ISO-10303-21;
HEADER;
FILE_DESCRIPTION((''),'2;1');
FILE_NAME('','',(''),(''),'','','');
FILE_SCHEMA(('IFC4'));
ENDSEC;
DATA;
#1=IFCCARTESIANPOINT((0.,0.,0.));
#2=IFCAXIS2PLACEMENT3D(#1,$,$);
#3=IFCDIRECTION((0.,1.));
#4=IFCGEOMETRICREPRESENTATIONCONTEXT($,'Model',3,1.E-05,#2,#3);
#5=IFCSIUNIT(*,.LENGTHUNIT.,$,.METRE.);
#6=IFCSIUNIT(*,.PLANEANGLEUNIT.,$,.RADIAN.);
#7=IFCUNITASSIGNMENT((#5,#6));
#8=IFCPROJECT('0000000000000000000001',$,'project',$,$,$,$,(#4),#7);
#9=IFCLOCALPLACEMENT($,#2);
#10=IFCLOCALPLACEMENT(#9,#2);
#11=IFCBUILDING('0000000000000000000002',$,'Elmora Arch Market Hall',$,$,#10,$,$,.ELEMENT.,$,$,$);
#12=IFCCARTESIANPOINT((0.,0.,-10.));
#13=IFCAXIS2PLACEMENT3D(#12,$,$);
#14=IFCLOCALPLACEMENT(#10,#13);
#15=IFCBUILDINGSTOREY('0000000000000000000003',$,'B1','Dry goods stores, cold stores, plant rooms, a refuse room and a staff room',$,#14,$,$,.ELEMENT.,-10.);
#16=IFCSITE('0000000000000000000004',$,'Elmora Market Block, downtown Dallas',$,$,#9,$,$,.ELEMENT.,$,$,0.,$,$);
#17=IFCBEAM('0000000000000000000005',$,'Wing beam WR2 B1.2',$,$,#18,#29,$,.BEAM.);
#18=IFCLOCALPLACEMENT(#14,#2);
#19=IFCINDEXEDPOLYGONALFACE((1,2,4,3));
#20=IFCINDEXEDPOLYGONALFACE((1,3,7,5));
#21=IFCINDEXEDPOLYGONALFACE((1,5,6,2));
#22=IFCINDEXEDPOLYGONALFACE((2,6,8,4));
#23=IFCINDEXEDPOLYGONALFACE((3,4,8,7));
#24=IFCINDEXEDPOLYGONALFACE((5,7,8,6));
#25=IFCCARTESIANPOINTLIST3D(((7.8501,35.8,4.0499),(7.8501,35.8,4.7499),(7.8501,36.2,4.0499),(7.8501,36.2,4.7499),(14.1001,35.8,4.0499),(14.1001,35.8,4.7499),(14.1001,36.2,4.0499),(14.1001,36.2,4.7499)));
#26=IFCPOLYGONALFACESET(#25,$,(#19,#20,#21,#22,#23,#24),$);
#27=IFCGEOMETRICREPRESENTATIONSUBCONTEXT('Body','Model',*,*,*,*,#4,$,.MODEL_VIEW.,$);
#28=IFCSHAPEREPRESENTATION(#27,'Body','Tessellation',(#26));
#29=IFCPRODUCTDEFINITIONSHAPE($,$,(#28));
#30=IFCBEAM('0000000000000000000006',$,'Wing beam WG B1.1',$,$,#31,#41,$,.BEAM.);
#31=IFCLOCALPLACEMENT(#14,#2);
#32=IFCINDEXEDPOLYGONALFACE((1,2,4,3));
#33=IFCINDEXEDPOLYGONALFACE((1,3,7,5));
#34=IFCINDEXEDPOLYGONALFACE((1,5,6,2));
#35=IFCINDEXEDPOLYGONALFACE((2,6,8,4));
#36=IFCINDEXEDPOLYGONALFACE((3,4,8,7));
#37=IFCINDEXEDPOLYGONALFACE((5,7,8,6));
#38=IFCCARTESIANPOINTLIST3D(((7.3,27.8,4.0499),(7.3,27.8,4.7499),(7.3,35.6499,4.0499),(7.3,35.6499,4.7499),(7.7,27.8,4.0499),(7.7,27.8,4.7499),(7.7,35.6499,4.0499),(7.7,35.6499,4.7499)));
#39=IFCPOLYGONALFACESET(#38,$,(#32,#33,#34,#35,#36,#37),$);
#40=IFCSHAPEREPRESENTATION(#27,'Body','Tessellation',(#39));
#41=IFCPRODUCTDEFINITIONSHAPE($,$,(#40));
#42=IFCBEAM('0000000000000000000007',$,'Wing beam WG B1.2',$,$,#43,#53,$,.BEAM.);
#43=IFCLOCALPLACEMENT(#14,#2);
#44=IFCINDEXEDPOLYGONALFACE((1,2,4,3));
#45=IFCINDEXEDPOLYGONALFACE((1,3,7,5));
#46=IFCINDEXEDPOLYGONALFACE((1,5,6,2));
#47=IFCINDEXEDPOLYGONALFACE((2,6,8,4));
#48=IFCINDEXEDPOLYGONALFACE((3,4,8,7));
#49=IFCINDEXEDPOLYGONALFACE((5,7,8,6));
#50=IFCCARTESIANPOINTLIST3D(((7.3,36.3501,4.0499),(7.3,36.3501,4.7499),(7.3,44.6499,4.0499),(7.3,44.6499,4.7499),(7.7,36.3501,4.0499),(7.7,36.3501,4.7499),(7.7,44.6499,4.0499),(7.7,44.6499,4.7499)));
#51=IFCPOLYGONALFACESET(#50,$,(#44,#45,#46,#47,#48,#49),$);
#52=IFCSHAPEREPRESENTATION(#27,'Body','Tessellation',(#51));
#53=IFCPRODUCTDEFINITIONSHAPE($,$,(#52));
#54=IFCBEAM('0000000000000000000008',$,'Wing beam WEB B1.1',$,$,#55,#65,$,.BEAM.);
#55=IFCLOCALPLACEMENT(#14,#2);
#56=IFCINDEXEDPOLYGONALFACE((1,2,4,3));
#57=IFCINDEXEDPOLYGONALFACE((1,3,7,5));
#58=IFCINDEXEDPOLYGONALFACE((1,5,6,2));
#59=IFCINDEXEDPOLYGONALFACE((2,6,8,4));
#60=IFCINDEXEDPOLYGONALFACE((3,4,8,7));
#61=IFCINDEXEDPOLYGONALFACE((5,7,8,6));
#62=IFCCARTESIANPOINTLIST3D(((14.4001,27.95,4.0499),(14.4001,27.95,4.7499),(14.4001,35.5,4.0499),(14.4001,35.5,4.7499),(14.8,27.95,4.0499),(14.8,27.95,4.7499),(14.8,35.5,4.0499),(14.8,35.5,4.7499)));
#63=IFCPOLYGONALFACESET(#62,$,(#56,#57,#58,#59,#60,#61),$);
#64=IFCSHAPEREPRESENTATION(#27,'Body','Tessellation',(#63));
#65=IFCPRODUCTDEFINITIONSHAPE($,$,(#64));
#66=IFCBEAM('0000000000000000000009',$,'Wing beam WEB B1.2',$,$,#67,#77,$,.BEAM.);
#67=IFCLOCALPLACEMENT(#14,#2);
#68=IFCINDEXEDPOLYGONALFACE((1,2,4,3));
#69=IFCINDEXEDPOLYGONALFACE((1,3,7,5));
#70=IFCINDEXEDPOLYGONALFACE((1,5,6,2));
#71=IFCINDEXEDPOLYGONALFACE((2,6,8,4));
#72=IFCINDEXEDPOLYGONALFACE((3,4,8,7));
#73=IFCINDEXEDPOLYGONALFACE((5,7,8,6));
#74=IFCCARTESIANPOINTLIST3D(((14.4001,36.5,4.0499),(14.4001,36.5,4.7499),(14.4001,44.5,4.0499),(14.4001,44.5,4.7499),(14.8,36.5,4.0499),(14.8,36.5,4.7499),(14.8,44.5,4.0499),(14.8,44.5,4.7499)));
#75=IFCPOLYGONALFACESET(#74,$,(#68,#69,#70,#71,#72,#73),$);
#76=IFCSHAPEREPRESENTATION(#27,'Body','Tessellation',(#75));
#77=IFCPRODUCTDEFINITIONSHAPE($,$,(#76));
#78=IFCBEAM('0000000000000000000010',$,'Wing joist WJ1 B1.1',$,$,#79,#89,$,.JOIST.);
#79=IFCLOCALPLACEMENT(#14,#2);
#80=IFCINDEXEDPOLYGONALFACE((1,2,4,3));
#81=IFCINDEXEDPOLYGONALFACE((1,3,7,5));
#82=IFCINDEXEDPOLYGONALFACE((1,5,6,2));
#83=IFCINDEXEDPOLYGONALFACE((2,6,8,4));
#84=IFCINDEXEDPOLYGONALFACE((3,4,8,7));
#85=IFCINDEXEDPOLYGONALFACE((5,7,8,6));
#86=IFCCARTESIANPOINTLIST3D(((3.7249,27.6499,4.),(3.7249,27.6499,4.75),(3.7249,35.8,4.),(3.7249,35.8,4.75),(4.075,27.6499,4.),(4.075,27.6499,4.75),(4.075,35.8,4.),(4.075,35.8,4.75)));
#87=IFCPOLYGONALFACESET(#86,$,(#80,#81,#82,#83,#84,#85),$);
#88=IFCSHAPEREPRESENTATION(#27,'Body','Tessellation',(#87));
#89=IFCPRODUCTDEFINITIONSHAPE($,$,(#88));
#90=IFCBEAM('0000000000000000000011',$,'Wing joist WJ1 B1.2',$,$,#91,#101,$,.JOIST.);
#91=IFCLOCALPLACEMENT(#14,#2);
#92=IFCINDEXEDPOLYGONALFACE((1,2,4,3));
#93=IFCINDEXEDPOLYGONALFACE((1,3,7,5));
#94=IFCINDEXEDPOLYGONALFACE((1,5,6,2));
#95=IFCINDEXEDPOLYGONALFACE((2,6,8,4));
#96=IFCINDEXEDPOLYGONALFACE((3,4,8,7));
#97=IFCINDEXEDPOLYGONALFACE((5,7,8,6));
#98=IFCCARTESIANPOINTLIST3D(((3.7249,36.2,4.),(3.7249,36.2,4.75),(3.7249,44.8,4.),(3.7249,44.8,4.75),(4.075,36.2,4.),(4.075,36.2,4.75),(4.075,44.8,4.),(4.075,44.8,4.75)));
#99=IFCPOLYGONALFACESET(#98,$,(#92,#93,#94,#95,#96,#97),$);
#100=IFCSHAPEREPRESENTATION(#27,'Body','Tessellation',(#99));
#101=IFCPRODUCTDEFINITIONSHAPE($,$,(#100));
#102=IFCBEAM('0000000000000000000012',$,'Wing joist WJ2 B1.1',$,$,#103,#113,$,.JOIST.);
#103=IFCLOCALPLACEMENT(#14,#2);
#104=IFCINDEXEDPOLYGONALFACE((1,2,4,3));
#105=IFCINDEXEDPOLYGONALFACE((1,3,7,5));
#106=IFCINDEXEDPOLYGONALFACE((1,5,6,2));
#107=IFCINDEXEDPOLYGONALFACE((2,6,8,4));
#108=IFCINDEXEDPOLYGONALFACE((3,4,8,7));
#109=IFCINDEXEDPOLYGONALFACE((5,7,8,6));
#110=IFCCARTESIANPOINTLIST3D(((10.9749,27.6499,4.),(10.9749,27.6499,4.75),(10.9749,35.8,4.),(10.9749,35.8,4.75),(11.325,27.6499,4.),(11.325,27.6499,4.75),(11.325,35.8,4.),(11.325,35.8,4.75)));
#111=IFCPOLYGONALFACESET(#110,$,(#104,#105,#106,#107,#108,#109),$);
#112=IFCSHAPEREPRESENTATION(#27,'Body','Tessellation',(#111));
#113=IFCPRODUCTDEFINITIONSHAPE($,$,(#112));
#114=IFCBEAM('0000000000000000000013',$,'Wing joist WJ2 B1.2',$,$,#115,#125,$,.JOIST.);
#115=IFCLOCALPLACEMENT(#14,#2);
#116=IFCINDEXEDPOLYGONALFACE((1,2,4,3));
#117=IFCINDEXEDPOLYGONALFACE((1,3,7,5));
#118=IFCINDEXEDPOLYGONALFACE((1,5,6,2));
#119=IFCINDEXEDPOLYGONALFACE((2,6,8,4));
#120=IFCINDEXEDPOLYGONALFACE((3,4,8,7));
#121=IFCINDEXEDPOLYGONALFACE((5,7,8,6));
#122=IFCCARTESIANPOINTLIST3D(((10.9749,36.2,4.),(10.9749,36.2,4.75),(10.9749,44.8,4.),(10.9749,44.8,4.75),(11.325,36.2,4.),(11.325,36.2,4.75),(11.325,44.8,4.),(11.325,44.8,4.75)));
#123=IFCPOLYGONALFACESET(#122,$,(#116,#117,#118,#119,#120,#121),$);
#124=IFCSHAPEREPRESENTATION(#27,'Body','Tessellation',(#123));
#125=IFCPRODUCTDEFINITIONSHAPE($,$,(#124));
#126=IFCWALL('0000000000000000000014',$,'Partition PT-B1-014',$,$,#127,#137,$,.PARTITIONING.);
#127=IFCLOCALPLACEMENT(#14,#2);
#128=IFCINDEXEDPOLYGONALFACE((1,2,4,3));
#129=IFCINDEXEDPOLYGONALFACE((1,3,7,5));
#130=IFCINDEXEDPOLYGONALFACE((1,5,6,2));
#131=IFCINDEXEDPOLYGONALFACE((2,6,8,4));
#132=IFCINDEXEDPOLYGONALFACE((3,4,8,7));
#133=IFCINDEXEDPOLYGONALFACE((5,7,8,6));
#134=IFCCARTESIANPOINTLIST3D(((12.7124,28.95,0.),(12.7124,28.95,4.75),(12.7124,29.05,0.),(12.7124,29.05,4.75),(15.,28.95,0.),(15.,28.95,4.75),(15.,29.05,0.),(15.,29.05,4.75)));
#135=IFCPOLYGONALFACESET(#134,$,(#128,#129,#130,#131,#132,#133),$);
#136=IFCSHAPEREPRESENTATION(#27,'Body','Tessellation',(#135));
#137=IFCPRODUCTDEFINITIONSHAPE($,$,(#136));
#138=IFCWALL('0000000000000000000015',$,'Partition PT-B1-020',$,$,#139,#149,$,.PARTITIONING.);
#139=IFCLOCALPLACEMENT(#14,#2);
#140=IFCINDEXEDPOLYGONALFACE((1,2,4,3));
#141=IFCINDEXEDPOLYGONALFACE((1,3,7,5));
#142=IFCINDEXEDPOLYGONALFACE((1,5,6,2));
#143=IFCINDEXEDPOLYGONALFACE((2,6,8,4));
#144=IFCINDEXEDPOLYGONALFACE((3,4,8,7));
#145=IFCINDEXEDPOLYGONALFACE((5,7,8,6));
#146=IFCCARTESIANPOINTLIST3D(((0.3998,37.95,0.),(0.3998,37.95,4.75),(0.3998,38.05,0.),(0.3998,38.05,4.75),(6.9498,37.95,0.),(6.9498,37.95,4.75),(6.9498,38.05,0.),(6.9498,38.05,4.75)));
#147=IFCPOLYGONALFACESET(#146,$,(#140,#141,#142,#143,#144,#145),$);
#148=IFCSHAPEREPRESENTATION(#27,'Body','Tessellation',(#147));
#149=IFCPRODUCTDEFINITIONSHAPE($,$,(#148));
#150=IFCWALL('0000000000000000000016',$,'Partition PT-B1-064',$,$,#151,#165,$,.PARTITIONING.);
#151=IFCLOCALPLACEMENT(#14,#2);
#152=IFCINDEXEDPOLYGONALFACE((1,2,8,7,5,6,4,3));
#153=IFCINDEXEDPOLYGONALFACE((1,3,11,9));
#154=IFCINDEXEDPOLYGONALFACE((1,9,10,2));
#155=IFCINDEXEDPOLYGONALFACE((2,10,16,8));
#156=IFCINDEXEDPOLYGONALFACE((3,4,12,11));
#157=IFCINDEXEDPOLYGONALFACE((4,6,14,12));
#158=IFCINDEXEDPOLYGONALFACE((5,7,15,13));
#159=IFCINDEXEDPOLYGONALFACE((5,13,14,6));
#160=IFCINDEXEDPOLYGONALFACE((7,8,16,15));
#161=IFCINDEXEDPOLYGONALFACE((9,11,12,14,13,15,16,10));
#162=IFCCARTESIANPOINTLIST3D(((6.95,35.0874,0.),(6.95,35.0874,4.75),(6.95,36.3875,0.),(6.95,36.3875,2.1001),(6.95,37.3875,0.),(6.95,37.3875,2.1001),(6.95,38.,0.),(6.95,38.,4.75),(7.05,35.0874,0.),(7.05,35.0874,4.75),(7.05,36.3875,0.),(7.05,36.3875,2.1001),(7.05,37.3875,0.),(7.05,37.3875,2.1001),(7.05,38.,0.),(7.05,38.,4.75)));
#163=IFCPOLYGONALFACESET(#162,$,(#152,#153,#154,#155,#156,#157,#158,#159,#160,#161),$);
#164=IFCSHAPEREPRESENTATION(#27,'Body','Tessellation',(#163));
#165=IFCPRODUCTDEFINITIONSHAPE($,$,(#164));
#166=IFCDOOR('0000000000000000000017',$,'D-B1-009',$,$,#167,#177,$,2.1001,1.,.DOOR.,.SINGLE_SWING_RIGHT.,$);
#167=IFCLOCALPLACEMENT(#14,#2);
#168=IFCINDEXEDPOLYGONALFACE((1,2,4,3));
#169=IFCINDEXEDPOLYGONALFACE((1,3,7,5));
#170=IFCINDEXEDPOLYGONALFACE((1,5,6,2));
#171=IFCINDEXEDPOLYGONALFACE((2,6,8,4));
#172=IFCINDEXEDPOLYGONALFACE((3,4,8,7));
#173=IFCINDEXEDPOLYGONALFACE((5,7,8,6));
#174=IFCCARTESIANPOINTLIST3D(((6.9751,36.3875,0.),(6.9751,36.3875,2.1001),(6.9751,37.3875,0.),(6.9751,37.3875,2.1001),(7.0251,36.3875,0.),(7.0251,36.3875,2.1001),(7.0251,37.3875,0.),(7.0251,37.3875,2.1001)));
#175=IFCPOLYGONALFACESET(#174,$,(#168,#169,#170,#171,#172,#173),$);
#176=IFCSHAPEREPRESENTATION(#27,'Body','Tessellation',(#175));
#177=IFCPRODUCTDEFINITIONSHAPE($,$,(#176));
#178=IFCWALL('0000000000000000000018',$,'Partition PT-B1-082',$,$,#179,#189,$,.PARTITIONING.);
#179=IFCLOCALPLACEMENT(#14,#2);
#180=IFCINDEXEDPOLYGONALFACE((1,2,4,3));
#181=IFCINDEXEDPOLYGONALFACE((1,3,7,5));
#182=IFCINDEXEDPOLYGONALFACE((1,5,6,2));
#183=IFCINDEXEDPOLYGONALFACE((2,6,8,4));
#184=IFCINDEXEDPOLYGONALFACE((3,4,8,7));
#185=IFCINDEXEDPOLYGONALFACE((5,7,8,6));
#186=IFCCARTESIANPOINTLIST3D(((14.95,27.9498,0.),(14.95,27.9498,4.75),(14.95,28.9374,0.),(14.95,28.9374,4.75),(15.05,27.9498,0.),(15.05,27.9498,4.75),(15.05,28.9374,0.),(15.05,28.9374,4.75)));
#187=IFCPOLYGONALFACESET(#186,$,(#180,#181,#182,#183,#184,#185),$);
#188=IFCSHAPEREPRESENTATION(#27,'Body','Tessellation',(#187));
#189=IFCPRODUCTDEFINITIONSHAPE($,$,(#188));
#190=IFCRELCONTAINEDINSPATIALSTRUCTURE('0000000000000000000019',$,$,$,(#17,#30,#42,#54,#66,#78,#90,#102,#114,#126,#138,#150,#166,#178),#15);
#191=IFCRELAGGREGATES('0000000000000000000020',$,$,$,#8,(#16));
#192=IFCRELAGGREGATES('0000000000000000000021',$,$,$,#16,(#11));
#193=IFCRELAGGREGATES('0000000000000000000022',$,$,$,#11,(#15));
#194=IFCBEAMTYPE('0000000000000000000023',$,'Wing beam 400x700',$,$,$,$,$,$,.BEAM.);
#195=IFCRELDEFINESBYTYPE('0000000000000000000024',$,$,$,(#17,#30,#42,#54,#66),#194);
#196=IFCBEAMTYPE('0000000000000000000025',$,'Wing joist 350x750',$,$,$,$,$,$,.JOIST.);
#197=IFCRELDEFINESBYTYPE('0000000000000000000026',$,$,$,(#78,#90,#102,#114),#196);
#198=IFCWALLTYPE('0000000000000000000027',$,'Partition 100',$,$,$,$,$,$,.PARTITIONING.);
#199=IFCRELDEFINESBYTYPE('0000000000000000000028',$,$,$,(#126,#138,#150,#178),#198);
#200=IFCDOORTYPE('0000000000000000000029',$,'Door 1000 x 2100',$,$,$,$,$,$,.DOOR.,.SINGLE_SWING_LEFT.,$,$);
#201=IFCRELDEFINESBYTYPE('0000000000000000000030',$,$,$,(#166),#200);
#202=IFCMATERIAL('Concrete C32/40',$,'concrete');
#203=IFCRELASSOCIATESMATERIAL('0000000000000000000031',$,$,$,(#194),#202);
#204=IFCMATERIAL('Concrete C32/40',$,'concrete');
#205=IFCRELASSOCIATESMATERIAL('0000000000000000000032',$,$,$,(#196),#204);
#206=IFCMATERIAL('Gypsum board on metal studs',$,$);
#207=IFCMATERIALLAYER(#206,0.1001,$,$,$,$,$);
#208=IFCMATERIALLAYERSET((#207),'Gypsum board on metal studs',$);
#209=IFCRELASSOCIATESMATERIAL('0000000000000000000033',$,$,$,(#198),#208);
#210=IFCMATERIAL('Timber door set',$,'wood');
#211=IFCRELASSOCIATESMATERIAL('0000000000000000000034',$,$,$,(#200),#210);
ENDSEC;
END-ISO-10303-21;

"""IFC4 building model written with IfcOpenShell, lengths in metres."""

from ifc_helpers import new_model, si_unit, direction, frame, frame_2d, origin, origin_2d, place, context, subcontext, project, spatial, rectangle, extrude, material, layer, layer_set, material_profile, profile_set, type_object, element, fill, save


model = new_model("IFC4")

# Units and contexts
model_context = context("Model", 3, precision=1e-05, world=origin(), true_north=direction((0.0, 1.0)))
body_context = subcontext(model_context, "Body", "Model", "MODEL_VIEW")
ifc_project = project(units=[si_unit("LENGTHUNIT", "METRE"), si_unit("PLANEANGLEUNIT", "RADIAN")], contexts=[model_context])

# Site, building, storey
site_placement = place(None, origin())
site = spatial("IfcSite", under=ifc_project, at=site_placement, Name="Elmora Market Block, downtown Dallas", CompositionType="ELEMENT", RefElevation=0.0)
building_placement = place(site_placement, origin())
building = spatial("IfcBuilding", under=site, at=building_placement, Name="Elmora Arch Market Hall", CompositionType="ELEMENT")
storey_placement = place(building_placement, frame((0.0, 0.0, -10.0)))
storey = spatial("IfcBuildingStorey", under=building, at=storey_placement, Name="B1", Description="Dry goods stores, cold stores, plant rooms, a refuse room and a staff room", CompositionType="ELEMENT", Elevation=-10.0)

# Beams
ifc_material_1 = material(Name="Concrete C32/40", Category="concrete")
ifc_material_profile_1 = material_profile(ifc_material_1, rectangle(XDim=0.3999, YDim=0.7, at=origin_2d()), Name="Wing beam 400x700")
ifc_profile_set_1 = profile_set([ifc_material_profile_1], Name="Concrete C32/40")
beam_type_1 = type_object("IfcBeamType", Name="Wing beam 400x700", PredefinedType="BEAM", material=ifc_profile_set_1)
beam_1_placement = place(storey_placement, frame((7.8501, 36.0, 4.3999), z_axis=(1.0, 0.0, 0.0), x_axis=(0.0, 1.0, 0.0)))
element("IfcBeam", 1, at=beam_1_placement, inside=storey, type_object=beam_type_1, Name="Wing beam WR2 B1.2", PredefinedType="BEAM", context=body_context, shape_type="SweptSolid", body=[
    extrude(rectangle(XDim=0.3999, YDim=0.7, at=origin_2d()), origin(), (0.0, 0.0, 1.0), 6.25),
])
beam_2_placement = place(storey_placement, frame((7.5, 27.8, 4.3999), z_axis=(0.0, 1.0, 0.0), x_axis=(-1.0, 0.0, 0.0)))
element("IfcBeam", 2, at=beam_2_placement, inside=storey, type_object=beam_type_1, Name="Wing beam WG B1.1", PredefinedType="BEAM", context=body_context, shape_type="SweptSolid", body=[
    extrude(rectangle(XDim=0.3999, YDim=0.7, at=origin_2d()), origin(), (0.0, 0.0, 1.0), 7.8499),
])
beam_3_placement = place(storey_placement, frame((7.5, 36.3501, 4.3999), z_axis=(0.0, 1.0, 0.0), x_axis=(-1.0, 0.0, 0.0)))
element("IfcBeam", 3, at=beam_3_placement, inside=storey, type_object=beam_type_1, Name="Wing beam WG B1.2", PredefinedType="BEAM", context=body_context, shape_type="SweptSolid", body=[
    extrude(rectangle(XDim=0.3999, YDim=0.7, at=origin_2d()), origin(), (0.0, 0.0, 1.0), 8.2998),
])
beam_4_placement = place(storey_placement, frame((14.6001, 27.95, 4.3999), z_axis=(0.0, 1.0, 0.0), x_axis=(-1.0, 0.0, 0.0)))
element("IfcBeam", 4, at=beam_4_placement, inside=storey, type_object=beam_type_1, Name="Wing beam WEB B1.1", PredefinedType="BEAM", context=body_context, shape_type="SweptSolid", body=[
    extrude(rectangle(XDim=0.3999, YDim=0.7, at=origin_2d()), origin(), (0.0, 0.0, 1.0), 7.55),
])
beam_5_placement = place(storey_placement, frame((14.6001, 36.5, 4.3999), z_axis=(0.0, 1.0, 0.0), x_axis=(-1.0, 0.0, 0.0)))
element("IfcBeam", 5, at=beam_5_placement, inside=storey, type_object=beam_type_1, Name="Wing beam WEB B1.2", PredefinedType="BEAM", context=body_context, shape_type="SweptSolid", body=[
    extrude(rectangle(XDim=0.3999, YDim=0.7, at=origin_2d()), origin(), (0.0, 0.0, 1.0), 8.0),
])
ifc_material_2 = material(Name="Concrete C32/40", Category="concrete")
ifc_material_profile_2 = material_profile(ifc_material_2, rectangle(XDim=0.3501, YDim=0.75, at=origin_2d()), Name="Wing joist 350x750")
ifc_profile_set_2 = profile_set([ifc_material_profile_2], Name="Concrete C32/40")
beam_type_2 = type_object("IfcBeamType", Name="Wing joist 350x750", PredefinedType="JOIST", material=ifc_profile_set_2)
beam_6_placement = place(storey_placement, frame((3.8999, 27.6499, 4.375), z_axis=(0.0, 1.0, 0.0), x_axis=(-1.0, 0.0, 0.0)))
element("IfcBeam", 6, at=beam_6_placement, inside=storey, type_object=beam_type_2, Name="Wing joist WJ1 B1.1", PredefinedType="JOIST", context=body_context, shape_type="SweptSolid", body=[
    extrude(rectangle(XDim=0.3501, YDim=0.75, at=origin_2d()), origin(), (0.0, 0.0, 1.0), 8.1501),
])
beam_7_placement = place(storey_placement, frame((3.8999, 36.2, 4.375), z_axis=(0.0, 1.0, 0.0), x_axis=(-1.0, 0.0, 0.0)))
element("IfcBeam", 7, at=beam_7_placement, inside=storey, type_object=beam_type_2, Name="Wing joist WJ1 B1.2", PredefinedType="JOIST", context=body_context, shape_type="SweptSolid", body=[
    extrude(rectangle(XDim=0.3501, YDim=0.75, at=origin_2d()), origin(), (0.0, 0.0, 1.0), 8.6001),
])
beam_8_placement = place(storey_placement, frame((11.1499, 27.6499, 4.375), z_axis=(0.0, 1.0, 0.0), x_axis=(-1.0, 0.0, 0.0)))
element("IfcBeam", 8, at=beam_8_placement, inside=storey, type_object=beam_type_2, Name="Wing joist WJ2 B1.1", PredefinedType="JOIST", context=body_context, shape_type="SweptSolid", body=[
    extrude(rectangle(XDim=0.3501, YDim=0.75, at=origin_2d()), origin(), (0.0, 0.0, 1.0), 8.1501),
])
beam_9_placement = place(storey_placement, frame((11.1499, 36.2, 4.375), z_axis=(0.0, 1.0, 0.0), x_axis=(-1.0, 0.0, 0.0)))
element("IfcBeam", 9, at=beam_9_placement, inside=storey, type_object=beam_type_2, Name="Wing joist WJ2 B1.2", PredefinedType="JOIST", context=body_context, shape_type="SweptSolid", body=[
    extrude(rectangle(XDim=0.3501, YDim=0.75, at=origin_2d()), origin(), (0.0, 0.0, 1.0), 8.6001),
])

# Walls
ifc_material_3 = material(Name="Gypsum board on metal studs")
ifc_layer_1 = layer(ifc_material_3, 0.1001)
ifc_layer_set_1 = layer_set([ifc_layer_1], Name="Gypsum board on metal studs")
wall_type_1 = type_object("IfcWallType", Name="Partition 100", PredefinedType="PARTITIONING", material=ifc_layer_set_1)
wall_1_placement = place(storey_placement, frame((12.7124, 29.0, 0.0), z_axis=(0.0, 0.0, 1.0), x_axis=(1.0, 0.0, 0.0)))
element("IfcWall", 10, at=wall_1_placement, inside=storey, type_object=wall_type_1, Name="Partition PT-B1-014", PredefinedType="PARTITIONING", context=body_context, shape_type="SweptSolid", body=[
    extrude(rectangle(XDim=2.2876, YDim=0.1001, at=frame_2d((1.1438, 0.0))), origin(), (0.0, 0.0, 1.0), 4.75),
])
wall_2_placement = place(storey_placement, frame((0.3999, 38.0, 0.0), z_axis=(0.0, 0.0, 1.0), x_axis=(1.0, 0.0, 0.0)))
element("IfcWall", 11, at=wall_2_placement, inside=storey, type_object=wall_type_1, Name="Partition PT-B1-020", PredefinedType="PARTITIONING", context=body_context, shape_type="SweptSolid", body=[
    extrude(rectangle(XDim=6.55, YDim=0.1001, at=frame_2d((3.2749, 0.0))), origin(), (0.0, 0.0, 1.0), 4.75),
])

# Wall, opening, door
wall_3_placement = place(storey_placement, frame((7.0, 35.0874, 0.0), z_axis=(0.0, 0.0, 1.0), x_axis=(0.0, 1.0, 0.0)))
wall_3 = element("IfcWall", 12, at=wall_3_placement, inside=storey, type_object=wall_type_1, Name="Partition PT-B1-064", PredefinedType="PARTITIONING", context=body_context, shape_type="SweptSolid", body=[
    extrude(rectangle(XDim=2.9126, YDim=0.1001, at=frame_2d((1.4563, 0.0))), origin(), (0.0, 0.0, 1.0), 4.75),
])
opening_1_placement = place(wall_3_placement, frame((1.3, 0.0, 0.0)))
opening_1 = element("IfcOpeningElement", 13, at=opening_1_placement, cuts=wall_3, PredefinedType="OPENING", context=body_context, shape_type="SweptSolid", body=[
    extrude(rectangle(XDim=1.0, YDim=2.1001, at=frame_2d((0.5, 1.05))), frame((0.0, 0.0601, 0.0), z_axis=(0.0, -1.0, 0.0), x_axis=(1.0, 0.0, 0.0)), (0.0, 0.0, 1.0), 0.1201),
])
ifc_material_4 = material(Name="Timber door set", Category="wood")
door_type_1 = type_object("IfcDoorType", Name="Door 1000 x 2100", OperationType="SINGLE_SWING_LEFT", PredefinedType="DOOR", material=ifc_material_4)
door_1_placement = place(opening_1_placement, origin())
door_1 = element("IfcDoor", 14, at=door_1_placement, inside=storey, type_object=door_type_1, Name="D-B1-009", OperationType="SINGLE_SWING_RIGHT", OverallHeight=2.1001, OverallWidth=1.0, PredefinedType="DOOR", context=body_context, shape_type="SweptSolid", body=[
    extrude(rectangle(XDim=1.0, YDim=2.1001, at=frame_2d((0.5, 1.05))), frame((0.0, 0.0249, 0.0), z_axis=(0.0, -1.0, 0.0), x_axis=(1.0, 0.0, 0.0)), (0.0, 0.0, 1.0), 0.05),
])
fill(opening_1, door_1)

# Wall
wall_4_placement = place(storey_placement, frame((15.0, 27.95, 0.0), z_axis=(0.0, 0.0, 1.0), x_axis=(0.0, 1.0, 0.0)))
element("IfcWall", 15, at=wall_4_placement, inside=storey, type_object=wall_type_1, Name="Partition PT-B1-082", PredefinedType="PARTITIONING", context=body_context, shape_type="SweptSolid", body=[
    extrude(rectangle(XDim=0.9875, YDim=0.1001, at=frame_2d((0.4937, 0.0))), origin(), (0.0, 0.0, 1.0), 4.75),
])

save(model, "model.ifc")
